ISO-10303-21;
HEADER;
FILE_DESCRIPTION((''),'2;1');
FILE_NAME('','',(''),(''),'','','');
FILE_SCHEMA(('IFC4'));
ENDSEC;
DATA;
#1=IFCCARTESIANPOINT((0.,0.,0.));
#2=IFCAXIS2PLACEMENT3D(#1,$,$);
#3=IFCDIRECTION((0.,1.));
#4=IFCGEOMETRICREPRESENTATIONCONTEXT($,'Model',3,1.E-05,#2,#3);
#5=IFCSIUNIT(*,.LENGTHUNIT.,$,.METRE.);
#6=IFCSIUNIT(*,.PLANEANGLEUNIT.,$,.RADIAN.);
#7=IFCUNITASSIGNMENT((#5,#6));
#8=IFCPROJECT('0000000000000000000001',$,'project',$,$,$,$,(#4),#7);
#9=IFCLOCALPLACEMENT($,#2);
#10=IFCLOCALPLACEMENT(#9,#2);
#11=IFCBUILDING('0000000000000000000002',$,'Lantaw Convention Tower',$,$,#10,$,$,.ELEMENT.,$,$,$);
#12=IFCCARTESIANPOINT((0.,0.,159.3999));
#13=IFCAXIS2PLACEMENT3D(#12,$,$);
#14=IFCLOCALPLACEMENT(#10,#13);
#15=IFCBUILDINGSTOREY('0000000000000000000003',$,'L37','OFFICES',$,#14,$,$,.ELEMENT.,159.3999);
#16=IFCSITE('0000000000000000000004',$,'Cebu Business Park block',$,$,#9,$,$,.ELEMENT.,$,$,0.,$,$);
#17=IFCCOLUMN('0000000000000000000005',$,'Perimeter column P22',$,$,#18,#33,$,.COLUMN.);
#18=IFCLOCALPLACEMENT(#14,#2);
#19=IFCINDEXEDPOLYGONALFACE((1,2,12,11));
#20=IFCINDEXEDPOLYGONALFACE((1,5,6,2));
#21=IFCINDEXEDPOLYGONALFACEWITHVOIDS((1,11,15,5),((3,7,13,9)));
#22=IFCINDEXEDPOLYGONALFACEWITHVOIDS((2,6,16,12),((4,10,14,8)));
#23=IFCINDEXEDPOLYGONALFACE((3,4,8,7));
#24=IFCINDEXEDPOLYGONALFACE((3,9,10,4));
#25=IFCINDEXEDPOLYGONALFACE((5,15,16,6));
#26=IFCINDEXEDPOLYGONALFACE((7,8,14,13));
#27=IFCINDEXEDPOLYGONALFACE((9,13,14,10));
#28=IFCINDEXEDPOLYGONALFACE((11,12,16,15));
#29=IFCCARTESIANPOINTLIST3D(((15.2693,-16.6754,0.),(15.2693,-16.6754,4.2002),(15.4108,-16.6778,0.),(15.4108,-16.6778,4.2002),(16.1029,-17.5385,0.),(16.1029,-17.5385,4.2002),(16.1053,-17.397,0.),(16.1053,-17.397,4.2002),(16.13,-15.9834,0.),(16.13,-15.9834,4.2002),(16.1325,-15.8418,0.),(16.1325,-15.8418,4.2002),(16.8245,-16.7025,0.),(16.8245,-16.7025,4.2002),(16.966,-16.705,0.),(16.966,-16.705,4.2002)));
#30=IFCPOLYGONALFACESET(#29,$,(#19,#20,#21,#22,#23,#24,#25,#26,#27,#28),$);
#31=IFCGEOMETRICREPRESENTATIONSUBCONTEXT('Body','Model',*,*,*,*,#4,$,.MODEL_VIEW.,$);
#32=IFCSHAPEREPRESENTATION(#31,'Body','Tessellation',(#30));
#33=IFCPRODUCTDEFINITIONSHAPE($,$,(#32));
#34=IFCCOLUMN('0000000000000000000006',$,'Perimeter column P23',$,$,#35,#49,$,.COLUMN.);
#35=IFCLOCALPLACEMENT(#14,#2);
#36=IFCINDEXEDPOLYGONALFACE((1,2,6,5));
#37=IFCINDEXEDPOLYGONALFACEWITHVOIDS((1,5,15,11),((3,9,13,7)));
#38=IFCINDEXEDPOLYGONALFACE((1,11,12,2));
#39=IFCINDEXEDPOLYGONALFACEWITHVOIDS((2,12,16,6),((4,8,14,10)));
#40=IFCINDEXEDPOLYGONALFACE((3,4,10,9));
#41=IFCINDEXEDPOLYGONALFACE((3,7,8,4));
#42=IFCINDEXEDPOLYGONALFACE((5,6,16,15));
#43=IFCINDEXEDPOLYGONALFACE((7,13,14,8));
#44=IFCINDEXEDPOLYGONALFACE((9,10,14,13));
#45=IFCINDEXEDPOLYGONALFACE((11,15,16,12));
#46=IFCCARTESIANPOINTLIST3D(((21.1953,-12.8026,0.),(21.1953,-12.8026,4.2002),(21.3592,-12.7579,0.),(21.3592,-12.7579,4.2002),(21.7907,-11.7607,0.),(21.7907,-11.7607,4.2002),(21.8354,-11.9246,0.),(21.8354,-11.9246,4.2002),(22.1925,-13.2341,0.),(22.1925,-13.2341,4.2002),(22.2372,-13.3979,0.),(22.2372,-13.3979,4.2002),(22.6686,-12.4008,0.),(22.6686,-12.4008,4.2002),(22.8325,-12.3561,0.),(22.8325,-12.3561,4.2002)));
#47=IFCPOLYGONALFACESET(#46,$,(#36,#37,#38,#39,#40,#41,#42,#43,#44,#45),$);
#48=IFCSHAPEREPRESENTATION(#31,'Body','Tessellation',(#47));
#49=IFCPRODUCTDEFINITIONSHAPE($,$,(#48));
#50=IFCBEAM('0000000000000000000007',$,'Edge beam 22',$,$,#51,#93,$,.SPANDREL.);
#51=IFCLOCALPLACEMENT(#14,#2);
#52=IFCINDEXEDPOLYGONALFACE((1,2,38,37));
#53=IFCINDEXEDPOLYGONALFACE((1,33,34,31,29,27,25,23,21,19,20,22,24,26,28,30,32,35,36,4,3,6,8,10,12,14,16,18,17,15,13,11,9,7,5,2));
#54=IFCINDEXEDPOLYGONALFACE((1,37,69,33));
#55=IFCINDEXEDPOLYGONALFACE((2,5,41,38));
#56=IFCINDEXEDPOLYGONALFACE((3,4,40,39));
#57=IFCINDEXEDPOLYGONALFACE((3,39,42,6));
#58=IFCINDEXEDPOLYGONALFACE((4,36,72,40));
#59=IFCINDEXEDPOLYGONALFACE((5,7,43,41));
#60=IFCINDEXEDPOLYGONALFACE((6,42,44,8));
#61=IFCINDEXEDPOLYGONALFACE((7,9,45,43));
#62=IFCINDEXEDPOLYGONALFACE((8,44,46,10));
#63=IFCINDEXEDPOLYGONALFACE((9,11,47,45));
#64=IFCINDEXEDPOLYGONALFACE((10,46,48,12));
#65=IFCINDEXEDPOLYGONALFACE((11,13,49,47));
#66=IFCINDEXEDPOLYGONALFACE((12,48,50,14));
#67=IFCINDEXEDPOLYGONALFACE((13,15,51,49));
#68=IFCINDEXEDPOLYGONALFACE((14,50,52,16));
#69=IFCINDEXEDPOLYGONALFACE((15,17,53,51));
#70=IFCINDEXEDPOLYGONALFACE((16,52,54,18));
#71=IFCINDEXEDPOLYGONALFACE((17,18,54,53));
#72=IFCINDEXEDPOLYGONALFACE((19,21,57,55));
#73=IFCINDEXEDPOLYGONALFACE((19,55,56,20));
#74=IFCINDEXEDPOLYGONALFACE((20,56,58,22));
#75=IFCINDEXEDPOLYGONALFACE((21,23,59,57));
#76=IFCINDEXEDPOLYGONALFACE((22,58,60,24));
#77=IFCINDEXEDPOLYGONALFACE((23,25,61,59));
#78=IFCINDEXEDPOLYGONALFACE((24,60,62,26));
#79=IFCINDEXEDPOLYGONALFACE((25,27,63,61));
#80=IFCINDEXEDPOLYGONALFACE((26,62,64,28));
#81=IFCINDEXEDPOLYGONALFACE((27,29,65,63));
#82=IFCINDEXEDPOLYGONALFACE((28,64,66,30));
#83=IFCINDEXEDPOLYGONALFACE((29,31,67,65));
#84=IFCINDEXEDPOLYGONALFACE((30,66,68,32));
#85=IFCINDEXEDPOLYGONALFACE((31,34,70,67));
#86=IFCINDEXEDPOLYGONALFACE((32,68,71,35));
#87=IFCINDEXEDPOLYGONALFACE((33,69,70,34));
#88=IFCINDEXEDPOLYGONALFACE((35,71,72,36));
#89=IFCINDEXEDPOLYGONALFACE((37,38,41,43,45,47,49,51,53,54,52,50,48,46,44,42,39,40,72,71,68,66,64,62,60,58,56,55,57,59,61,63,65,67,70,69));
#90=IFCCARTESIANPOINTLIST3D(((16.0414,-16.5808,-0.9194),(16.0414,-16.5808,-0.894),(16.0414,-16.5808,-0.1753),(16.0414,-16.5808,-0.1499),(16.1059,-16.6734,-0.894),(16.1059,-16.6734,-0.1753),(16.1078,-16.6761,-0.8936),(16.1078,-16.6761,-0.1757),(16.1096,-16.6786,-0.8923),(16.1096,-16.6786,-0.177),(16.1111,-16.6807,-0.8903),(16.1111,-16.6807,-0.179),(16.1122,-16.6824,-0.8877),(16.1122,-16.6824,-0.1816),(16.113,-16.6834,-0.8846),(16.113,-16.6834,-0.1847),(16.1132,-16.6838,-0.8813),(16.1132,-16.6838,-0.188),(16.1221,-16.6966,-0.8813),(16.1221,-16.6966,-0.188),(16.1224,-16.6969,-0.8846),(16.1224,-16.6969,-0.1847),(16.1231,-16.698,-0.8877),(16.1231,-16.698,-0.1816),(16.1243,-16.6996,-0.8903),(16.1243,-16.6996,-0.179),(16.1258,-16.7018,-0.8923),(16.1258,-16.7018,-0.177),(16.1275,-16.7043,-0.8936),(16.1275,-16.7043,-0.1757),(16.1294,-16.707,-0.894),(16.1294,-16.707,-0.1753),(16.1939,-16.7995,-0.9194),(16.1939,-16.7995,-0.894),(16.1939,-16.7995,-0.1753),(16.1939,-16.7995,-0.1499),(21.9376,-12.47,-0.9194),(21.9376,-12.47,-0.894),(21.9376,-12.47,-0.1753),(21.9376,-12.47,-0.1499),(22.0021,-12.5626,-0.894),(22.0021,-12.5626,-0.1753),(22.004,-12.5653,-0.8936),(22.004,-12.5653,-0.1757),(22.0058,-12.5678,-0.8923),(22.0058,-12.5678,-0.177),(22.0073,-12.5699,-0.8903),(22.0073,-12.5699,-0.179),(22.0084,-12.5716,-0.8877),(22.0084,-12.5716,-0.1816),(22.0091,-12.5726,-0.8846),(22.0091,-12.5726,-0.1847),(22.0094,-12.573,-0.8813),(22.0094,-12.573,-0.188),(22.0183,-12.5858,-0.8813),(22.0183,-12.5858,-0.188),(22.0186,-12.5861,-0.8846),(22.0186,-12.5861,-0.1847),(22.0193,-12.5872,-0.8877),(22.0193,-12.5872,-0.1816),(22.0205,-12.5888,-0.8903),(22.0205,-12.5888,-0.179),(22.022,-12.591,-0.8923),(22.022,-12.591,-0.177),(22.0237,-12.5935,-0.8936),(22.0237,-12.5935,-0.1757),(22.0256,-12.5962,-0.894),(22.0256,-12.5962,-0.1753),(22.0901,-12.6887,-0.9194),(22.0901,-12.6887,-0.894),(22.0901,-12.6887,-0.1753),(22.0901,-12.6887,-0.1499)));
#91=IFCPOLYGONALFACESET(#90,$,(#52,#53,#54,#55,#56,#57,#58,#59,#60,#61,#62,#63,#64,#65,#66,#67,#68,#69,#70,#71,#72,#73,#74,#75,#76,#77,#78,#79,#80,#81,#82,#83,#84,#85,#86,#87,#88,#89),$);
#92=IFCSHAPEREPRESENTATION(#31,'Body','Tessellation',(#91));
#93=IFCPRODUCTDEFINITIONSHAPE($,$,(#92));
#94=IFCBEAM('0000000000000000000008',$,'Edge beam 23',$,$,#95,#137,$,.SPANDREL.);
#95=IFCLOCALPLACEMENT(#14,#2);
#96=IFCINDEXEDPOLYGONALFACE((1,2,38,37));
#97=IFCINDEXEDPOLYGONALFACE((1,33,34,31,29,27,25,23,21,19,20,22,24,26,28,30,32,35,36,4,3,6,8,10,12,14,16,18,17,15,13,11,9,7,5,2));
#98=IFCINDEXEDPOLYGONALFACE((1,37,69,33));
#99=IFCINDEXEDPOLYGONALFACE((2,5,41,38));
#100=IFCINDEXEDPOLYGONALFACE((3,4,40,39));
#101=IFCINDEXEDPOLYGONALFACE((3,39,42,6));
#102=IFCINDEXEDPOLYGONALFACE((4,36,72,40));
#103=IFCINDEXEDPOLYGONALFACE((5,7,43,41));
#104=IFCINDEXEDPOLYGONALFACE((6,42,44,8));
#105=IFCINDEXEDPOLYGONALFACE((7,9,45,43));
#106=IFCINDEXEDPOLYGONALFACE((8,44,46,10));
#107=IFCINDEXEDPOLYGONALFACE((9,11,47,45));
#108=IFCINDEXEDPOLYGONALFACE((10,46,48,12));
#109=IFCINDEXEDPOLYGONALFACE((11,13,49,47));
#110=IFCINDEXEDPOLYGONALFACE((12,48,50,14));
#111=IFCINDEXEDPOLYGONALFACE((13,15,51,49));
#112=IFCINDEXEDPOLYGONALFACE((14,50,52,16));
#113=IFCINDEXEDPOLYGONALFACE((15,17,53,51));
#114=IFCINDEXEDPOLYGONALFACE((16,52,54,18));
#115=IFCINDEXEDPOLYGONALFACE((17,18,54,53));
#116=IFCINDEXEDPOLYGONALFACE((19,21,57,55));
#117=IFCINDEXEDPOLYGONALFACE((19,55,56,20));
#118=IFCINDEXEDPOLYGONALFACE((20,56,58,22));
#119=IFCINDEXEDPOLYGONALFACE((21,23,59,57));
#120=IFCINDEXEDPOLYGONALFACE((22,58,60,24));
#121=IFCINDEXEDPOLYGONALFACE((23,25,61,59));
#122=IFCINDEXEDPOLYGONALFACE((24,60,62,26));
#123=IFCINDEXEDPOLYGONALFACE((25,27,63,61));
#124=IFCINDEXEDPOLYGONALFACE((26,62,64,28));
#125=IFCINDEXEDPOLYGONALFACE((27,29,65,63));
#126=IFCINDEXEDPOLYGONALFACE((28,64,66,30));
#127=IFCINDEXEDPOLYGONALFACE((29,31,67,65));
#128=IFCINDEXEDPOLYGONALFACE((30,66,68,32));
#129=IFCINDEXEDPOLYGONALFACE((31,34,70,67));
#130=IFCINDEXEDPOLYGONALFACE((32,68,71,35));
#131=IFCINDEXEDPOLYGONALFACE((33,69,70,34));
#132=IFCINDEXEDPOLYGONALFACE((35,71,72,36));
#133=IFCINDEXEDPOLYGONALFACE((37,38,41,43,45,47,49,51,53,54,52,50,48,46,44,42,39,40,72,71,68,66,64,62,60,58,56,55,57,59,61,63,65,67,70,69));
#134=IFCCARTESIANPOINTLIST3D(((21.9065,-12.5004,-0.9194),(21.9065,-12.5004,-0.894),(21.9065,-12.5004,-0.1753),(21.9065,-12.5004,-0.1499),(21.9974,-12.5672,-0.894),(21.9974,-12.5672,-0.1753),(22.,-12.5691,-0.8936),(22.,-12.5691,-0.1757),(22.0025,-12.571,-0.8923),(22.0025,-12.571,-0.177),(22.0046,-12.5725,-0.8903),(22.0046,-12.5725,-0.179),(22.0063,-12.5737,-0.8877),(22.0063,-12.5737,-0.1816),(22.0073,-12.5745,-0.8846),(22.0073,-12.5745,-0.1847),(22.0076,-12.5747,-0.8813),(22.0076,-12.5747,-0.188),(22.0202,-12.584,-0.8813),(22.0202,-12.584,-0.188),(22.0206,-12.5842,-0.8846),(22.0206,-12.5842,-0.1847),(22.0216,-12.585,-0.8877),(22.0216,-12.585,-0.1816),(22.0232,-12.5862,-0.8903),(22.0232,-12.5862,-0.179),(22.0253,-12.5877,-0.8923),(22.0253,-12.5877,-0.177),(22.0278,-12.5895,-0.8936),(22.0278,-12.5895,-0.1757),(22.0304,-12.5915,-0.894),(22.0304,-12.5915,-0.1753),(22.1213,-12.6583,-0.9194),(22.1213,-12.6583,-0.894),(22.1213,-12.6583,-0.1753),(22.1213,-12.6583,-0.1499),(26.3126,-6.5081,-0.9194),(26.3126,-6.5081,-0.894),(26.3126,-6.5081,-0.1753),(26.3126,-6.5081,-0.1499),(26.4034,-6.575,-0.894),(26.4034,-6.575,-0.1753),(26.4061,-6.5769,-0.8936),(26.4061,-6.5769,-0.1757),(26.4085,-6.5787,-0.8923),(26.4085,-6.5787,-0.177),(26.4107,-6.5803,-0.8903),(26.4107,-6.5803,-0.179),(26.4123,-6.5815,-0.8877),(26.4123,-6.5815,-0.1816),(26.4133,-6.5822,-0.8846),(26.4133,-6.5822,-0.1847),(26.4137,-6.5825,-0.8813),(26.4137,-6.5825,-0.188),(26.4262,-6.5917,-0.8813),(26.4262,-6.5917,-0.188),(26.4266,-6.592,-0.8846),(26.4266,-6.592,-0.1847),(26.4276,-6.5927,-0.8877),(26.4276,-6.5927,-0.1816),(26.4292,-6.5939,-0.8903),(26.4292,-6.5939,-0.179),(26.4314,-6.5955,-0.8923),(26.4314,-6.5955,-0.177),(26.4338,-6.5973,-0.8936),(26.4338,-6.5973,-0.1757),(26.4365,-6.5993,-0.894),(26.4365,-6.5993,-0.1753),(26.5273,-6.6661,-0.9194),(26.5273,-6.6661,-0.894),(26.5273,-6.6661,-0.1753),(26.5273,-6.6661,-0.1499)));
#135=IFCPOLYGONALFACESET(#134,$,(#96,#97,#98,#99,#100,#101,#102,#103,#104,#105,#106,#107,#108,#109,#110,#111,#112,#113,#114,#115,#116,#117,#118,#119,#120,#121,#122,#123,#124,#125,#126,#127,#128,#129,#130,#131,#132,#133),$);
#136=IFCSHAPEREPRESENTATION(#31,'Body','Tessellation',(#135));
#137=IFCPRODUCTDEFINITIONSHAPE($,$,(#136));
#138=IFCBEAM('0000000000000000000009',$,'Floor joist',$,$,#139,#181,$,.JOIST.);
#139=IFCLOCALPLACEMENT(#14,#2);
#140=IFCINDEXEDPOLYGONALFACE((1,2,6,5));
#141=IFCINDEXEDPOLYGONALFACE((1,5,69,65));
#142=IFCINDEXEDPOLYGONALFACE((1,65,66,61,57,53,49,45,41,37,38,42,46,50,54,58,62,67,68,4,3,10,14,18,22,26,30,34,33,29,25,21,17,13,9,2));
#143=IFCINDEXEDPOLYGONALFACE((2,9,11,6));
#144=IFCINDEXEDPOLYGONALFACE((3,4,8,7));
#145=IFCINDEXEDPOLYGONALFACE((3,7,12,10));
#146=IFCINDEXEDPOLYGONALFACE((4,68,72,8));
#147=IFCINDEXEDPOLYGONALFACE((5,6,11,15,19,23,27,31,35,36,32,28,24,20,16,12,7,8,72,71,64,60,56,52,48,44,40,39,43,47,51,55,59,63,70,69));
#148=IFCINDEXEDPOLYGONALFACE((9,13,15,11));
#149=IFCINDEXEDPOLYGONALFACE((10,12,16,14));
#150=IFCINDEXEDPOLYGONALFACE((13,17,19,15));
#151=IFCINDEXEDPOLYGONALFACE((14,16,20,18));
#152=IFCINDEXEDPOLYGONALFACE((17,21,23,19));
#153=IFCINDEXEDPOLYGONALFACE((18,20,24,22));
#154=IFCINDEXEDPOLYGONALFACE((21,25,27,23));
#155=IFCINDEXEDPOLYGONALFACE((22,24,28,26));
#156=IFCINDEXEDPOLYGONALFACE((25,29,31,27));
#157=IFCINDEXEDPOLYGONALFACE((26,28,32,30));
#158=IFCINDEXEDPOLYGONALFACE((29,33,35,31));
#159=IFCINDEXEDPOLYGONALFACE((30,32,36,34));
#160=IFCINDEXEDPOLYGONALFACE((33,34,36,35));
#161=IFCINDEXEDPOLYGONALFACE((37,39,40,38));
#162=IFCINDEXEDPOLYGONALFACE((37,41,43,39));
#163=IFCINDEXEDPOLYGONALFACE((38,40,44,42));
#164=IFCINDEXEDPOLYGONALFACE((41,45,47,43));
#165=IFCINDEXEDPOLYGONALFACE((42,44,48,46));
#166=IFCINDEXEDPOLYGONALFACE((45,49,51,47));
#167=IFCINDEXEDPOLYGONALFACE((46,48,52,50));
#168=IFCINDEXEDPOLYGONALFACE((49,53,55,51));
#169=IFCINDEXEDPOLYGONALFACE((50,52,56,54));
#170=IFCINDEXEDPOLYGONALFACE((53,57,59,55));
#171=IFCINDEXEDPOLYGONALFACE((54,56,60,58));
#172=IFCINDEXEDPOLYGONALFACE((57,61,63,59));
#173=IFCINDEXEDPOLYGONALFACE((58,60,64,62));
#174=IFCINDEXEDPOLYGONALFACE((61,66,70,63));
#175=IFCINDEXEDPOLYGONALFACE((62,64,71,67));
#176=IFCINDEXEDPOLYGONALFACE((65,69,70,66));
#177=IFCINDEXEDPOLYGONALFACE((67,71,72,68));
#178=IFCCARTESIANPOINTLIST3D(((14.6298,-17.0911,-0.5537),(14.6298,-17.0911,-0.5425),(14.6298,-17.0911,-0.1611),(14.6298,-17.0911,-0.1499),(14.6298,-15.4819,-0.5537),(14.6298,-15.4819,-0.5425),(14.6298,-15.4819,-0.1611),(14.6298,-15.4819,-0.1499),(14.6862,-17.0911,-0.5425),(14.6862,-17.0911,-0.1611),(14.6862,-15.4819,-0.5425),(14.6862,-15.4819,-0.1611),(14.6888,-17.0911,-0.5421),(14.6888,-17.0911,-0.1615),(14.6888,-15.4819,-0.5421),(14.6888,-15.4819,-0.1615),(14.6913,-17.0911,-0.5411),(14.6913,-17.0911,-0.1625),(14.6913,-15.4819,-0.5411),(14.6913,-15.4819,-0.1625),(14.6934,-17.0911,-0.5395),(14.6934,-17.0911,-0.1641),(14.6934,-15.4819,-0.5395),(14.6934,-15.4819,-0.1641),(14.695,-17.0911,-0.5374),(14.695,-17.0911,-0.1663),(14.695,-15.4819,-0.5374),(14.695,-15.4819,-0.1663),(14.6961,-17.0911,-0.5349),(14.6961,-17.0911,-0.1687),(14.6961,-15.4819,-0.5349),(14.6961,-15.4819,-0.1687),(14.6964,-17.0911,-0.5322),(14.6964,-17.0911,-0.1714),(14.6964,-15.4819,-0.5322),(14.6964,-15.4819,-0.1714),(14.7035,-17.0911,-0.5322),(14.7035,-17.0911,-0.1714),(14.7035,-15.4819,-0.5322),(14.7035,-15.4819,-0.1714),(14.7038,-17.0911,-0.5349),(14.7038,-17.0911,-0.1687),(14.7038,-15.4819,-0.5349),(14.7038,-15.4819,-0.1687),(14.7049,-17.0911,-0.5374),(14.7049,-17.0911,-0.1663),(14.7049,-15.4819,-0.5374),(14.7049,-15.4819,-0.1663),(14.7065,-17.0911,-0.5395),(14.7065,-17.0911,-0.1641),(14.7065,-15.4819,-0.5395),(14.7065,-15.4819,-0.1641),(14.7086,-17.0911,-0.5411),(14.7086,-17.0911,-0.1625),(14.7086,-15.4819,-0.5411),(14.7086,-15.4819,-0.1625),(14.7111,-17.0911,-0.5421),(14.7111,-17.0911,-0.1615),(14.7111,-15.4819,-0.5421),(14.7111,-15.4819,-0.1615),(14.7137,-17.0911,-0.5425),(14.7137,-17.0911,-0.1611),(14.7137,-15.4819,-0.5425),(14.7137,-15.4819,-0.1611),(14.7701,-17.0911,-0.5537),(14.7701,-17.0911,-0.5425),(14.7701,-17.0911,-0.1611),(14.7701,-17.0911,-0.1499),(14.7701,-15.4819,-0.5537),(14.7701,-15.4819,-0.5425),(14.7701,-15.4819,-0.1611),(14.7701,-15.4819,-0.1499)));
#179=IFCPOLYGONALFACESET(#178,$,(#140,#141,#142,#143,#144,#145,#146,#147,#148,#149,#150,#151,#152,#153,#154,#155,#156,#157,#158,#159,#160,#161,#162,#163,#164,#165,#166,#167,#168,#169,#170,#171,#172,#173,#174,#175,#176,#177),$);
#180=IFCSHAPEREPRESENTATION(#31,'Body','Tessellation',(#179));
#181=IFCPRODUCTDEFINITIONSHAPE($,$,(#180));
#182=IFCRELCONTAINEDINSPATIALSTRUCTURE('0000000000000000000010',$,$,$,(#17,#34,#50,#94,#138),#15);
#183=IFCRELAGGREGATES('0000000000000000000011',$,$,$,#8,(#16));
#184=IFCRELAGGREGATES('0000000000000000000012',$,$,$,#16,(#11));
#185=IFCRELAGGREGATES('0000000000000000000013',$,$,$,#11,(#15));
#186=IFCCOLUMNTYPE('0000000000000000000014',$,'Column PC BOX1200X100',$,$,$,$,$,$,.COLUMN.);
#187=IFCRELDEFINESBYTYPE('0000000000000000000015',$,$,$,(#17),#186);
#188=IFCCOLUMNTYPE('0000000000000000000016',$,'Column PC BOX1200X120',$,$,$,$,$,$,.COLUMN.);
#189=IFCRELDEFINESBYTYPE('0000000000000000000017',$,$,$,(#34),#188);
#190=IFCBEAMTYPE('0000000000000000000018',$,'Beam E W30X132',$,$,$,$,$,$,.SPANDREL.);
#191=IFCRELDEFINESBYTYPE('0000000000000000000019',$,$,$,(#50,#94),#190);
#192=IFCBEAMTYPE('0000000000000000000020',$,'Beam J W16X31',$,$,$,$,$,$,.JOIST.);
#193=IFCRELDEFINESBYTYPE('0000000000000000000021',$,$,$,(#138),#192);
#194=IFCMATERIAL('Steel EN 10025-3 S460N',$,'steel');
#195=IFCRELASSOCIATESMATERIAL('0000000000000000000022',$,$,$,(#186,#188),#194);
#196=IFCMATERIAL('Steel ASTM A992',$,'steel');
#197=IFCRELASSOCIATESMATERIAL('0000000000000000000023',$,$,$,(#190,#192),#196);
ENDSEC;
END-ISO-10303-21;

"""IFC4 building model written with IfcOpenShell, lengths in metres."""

from ifc_helpers import new_model, si_unit, direction, frame, origin, origin_2d, place, context, subcontext, project, spatial, rectangle, hollow_rectangle, i_section, extrude, material, material_profile, profile_set, type_object, element, save


model = new_model("IFC4")

# Units and contexts
model_context = context("Model", 3, precision=1e-05, world=origin(), true_north=direction((0.0, 1.0)))
body_context = subcontext(model_context, "Body", "Model", "MODEL_VIEW")
ifc_project = project(units=[si_unit("LENGTHUNIT", "METRE"), si_unit("PLANEANGLEUNIT", "RADIAN")], contexts=[model_context])

# Site, building, storey
site_placement = place(None, origin())
site = spatial("IfcSite", under=ifc_project, at=site_placement, Name="Cebu Business Park block", CompositionType="ELEMENT", RefElevation=0.0)
building_placement = place(site_placement, origin())
building = spatial("IfcBuilding", under=site, at=building_placement, Name="Lantaw Convention Tower", CompositionType="ELEMENT")
storey_placement = place(building_placement, frame((0.0, 0.0, 159.3999)))
storey = spatial("IfcBuildingStorey", under=building, at=storey_placement, Name="L37", Description="OFFICES", CompositionType="ELEMENT", Elevation=159.3999)

# Columns
ifc_material_1 = material(Name="Steel EN 10025-3 S460N", Category="steel")
ifc_material_profile_1 = material_profile(ifc_material_1, hollow_rectangle(XDim=1.2, YDim=1.2, WallThickness=0.1001, at=origin_2d()), Name="BOX1200X100")
ifc_material_2 = material(Name="Concrete C60/75", Category="concrete")
ifc_material_profile_2 = material_profile(ifc_material_2, rectangle(XDim=1.0, YDim=1.0, at=origin_2d()), Name="Concrete fill of BOX1200X100")
ifc_profile_set_1 = profile_set([ifc_material_profile_1, ifc_material_profile_2], Name="Steel EN 10025-3 S460N")
column_type_1 = type_object("IfcColumnType", Name="Column PC BOX1200X100", PredefinedType="COLUMN", material=ifc_profile_set_1)
column_1_placement = place(storey_placement, frame((16.1177, -16.6902, 0.0), z_axis=(0.0, 0.0, 1.0), x_axis=(0.71934, 0.694658, 0.0)))
element("IfcColumn", 1, at=column_1_placement, inside=storey, type_object=column_type_1, Name="Perimeter column P22", PredefinedType="COLUMN", context=body_context, shape_type="SweptSolid", body=[
    extrude(hollow_rectangle(XDim=1.2, YDim=1.2, WallThickness=0.1001, at=origin_2d()), origin(), (0.0, 0.0, 1.0), 4.2002),
])
ifc_material_profile_3 = material_profile(ifc_material_1, hollow_rectangle(XDim=1.2, YDim=1.2, WallThickness=0.1201, at=origin_2d()), Name="BOX1200X120")
ifc_material_profile_4 = material_profile(ifc_material_2, rectangle(XDim=0.96, YDim=0.96, at=origin_2d()), Name="Concrete fill of BOX1200X120")
ifc_profile_set_2 = profile_set([ifc_material_profile_3, ifc_material_profile_4], Name="Steel EN 10025-3 S460N")
column_type_2 = type_object("IfcColumnType", Name="Column PC BOX1200X120", PredefinedType="COLUMN", material=ifc_profile_set_2)
column_2_placement = place(storey_placement, frame((22.0139, -12.5793, 0.0), z_axis=(0.0, 0.0, 1.0), x_axis=(0.496139, 0.868243, 0.0)))
element("IfcColumn", 2, at=column_2_placement, inside=storey, type_object=column_type_2, Name="Perimeter column P23", PredefinedType="COLUMN", context=body_context, shape_type="SweptSolid", body=[
    extrude(hollow_rectangle(XDim=1.2, YDim=1.2, WallThickness=0.1201, at=origin_2d()), origin(), (0.0, 0.0, 1.0), 4.2002),
])

# Beams
ifc_material_3 = material(Name="Steel ASTM A992", Category="steel")
ifc_material_profile_5 = material_profile(ifc_material_3, i_section(OverallWidth=0.2666, OverallDepth=0.7695, WebThickness=0.0156, FlangeThickness=0.0254, FilletRadius=0.0127, at=origin_2d()), Name="W30X132")
ifc_profile_set_3 = profile_set([ifc_material_profile_5], Name="Steel ASTM A992")
beam_type_1 = type_object("IfcBeamType", Name="Beam E W30X132", PredefinedType="SPANDREL", material=ifc_profile_set_3)
beam_1_placement = place(storey_placement, frame((16.1177, -16.6902, -0.5347), z_axis=(0.820311, 0.571918, 0.0), x_axis=(-0.571918, 0.820311, 0.0)))
element("IfcBeam", 3, at=beam_1_placement, inside=storey, type_object=beam_type_1, Name="Edge beam 22", PredefinedType="SPANDREL", context=body_context, shape_type="SweptSolid", body=[
    extrude(i_section(OverallWidth=0.2666, OverallDepth=0.7695, WebThickness=0.0156, FlangeThickness=0.0254, FilletRadius=0.0127, at=origin_2d()), origin(), (0.0, 0.0, 1.0), 7.1877),
])
beam_2_placement = place(storey_placement, frame((22.0139, -12.5793, -0.5347), z_axis=(0.592389, 0.805652, 0.0), x_axis=(-0.805652, 0.592389, 0.0)))
element("IfcBeam", 4, at=beam_2_placement, inside=storey, type_object=beam_type_1, Name="Edge beam 23", PredefinedType="SPANDREL", context=body_context, shape_type="SweptSolid", body=[
    extrude(i_section(OverallWidth=0.2666, OverallDepth=0.7695, WebThickness=0.0156, FlangeThickness=0.0254, FilletRadius=0.0127, at=origin_2d()), origin(), (0.0, 0.0, 1.0), 7.4377),
])
ifc_material_profile_6 = material_profile(ifc_material_3, i_section(OverallWidth=0.1404, OverallDepth=0.4038, WebThickness=0.0071, FlangeThickness=0.0112, FilletRadius=0.0103, at=origin_2d()), Name="W16X31")
ifc_profile_set_4 = profile_set([ifc_material_profile_6], Name="Steel ASTM A992")
beam_type_2 = type_object("IfcBeamType", Name="Beam J W16X31", PredefinedType="JOIST", material=ifc_profile_set_4)
beam_3_placement = place(storey_placement, frame((14.7, -17.0911, -0.3518), z_axis=(0.0, 1.0, 0.0), x_axis=(-1.0, 0.0, 0.0)))
element("IfcBeam", 5, at=beam_3_placement, inside=storey, type_object=beam_type_2, Name="Floor joist", PredefinedType="JOIST", context=body_context, shape_type="SweptSolid", body=[
    extrude(i_section(OverallWidth=0.1404, OverallDepth=0.4038, WebThickness=0.0071, FlangeThickness=0.0112, FilletRadius=0.0103, at=origin_2d()), origin(), (0.0, 0.0, 1.0), 1.6091),
])

save(model, "model.ifc")
